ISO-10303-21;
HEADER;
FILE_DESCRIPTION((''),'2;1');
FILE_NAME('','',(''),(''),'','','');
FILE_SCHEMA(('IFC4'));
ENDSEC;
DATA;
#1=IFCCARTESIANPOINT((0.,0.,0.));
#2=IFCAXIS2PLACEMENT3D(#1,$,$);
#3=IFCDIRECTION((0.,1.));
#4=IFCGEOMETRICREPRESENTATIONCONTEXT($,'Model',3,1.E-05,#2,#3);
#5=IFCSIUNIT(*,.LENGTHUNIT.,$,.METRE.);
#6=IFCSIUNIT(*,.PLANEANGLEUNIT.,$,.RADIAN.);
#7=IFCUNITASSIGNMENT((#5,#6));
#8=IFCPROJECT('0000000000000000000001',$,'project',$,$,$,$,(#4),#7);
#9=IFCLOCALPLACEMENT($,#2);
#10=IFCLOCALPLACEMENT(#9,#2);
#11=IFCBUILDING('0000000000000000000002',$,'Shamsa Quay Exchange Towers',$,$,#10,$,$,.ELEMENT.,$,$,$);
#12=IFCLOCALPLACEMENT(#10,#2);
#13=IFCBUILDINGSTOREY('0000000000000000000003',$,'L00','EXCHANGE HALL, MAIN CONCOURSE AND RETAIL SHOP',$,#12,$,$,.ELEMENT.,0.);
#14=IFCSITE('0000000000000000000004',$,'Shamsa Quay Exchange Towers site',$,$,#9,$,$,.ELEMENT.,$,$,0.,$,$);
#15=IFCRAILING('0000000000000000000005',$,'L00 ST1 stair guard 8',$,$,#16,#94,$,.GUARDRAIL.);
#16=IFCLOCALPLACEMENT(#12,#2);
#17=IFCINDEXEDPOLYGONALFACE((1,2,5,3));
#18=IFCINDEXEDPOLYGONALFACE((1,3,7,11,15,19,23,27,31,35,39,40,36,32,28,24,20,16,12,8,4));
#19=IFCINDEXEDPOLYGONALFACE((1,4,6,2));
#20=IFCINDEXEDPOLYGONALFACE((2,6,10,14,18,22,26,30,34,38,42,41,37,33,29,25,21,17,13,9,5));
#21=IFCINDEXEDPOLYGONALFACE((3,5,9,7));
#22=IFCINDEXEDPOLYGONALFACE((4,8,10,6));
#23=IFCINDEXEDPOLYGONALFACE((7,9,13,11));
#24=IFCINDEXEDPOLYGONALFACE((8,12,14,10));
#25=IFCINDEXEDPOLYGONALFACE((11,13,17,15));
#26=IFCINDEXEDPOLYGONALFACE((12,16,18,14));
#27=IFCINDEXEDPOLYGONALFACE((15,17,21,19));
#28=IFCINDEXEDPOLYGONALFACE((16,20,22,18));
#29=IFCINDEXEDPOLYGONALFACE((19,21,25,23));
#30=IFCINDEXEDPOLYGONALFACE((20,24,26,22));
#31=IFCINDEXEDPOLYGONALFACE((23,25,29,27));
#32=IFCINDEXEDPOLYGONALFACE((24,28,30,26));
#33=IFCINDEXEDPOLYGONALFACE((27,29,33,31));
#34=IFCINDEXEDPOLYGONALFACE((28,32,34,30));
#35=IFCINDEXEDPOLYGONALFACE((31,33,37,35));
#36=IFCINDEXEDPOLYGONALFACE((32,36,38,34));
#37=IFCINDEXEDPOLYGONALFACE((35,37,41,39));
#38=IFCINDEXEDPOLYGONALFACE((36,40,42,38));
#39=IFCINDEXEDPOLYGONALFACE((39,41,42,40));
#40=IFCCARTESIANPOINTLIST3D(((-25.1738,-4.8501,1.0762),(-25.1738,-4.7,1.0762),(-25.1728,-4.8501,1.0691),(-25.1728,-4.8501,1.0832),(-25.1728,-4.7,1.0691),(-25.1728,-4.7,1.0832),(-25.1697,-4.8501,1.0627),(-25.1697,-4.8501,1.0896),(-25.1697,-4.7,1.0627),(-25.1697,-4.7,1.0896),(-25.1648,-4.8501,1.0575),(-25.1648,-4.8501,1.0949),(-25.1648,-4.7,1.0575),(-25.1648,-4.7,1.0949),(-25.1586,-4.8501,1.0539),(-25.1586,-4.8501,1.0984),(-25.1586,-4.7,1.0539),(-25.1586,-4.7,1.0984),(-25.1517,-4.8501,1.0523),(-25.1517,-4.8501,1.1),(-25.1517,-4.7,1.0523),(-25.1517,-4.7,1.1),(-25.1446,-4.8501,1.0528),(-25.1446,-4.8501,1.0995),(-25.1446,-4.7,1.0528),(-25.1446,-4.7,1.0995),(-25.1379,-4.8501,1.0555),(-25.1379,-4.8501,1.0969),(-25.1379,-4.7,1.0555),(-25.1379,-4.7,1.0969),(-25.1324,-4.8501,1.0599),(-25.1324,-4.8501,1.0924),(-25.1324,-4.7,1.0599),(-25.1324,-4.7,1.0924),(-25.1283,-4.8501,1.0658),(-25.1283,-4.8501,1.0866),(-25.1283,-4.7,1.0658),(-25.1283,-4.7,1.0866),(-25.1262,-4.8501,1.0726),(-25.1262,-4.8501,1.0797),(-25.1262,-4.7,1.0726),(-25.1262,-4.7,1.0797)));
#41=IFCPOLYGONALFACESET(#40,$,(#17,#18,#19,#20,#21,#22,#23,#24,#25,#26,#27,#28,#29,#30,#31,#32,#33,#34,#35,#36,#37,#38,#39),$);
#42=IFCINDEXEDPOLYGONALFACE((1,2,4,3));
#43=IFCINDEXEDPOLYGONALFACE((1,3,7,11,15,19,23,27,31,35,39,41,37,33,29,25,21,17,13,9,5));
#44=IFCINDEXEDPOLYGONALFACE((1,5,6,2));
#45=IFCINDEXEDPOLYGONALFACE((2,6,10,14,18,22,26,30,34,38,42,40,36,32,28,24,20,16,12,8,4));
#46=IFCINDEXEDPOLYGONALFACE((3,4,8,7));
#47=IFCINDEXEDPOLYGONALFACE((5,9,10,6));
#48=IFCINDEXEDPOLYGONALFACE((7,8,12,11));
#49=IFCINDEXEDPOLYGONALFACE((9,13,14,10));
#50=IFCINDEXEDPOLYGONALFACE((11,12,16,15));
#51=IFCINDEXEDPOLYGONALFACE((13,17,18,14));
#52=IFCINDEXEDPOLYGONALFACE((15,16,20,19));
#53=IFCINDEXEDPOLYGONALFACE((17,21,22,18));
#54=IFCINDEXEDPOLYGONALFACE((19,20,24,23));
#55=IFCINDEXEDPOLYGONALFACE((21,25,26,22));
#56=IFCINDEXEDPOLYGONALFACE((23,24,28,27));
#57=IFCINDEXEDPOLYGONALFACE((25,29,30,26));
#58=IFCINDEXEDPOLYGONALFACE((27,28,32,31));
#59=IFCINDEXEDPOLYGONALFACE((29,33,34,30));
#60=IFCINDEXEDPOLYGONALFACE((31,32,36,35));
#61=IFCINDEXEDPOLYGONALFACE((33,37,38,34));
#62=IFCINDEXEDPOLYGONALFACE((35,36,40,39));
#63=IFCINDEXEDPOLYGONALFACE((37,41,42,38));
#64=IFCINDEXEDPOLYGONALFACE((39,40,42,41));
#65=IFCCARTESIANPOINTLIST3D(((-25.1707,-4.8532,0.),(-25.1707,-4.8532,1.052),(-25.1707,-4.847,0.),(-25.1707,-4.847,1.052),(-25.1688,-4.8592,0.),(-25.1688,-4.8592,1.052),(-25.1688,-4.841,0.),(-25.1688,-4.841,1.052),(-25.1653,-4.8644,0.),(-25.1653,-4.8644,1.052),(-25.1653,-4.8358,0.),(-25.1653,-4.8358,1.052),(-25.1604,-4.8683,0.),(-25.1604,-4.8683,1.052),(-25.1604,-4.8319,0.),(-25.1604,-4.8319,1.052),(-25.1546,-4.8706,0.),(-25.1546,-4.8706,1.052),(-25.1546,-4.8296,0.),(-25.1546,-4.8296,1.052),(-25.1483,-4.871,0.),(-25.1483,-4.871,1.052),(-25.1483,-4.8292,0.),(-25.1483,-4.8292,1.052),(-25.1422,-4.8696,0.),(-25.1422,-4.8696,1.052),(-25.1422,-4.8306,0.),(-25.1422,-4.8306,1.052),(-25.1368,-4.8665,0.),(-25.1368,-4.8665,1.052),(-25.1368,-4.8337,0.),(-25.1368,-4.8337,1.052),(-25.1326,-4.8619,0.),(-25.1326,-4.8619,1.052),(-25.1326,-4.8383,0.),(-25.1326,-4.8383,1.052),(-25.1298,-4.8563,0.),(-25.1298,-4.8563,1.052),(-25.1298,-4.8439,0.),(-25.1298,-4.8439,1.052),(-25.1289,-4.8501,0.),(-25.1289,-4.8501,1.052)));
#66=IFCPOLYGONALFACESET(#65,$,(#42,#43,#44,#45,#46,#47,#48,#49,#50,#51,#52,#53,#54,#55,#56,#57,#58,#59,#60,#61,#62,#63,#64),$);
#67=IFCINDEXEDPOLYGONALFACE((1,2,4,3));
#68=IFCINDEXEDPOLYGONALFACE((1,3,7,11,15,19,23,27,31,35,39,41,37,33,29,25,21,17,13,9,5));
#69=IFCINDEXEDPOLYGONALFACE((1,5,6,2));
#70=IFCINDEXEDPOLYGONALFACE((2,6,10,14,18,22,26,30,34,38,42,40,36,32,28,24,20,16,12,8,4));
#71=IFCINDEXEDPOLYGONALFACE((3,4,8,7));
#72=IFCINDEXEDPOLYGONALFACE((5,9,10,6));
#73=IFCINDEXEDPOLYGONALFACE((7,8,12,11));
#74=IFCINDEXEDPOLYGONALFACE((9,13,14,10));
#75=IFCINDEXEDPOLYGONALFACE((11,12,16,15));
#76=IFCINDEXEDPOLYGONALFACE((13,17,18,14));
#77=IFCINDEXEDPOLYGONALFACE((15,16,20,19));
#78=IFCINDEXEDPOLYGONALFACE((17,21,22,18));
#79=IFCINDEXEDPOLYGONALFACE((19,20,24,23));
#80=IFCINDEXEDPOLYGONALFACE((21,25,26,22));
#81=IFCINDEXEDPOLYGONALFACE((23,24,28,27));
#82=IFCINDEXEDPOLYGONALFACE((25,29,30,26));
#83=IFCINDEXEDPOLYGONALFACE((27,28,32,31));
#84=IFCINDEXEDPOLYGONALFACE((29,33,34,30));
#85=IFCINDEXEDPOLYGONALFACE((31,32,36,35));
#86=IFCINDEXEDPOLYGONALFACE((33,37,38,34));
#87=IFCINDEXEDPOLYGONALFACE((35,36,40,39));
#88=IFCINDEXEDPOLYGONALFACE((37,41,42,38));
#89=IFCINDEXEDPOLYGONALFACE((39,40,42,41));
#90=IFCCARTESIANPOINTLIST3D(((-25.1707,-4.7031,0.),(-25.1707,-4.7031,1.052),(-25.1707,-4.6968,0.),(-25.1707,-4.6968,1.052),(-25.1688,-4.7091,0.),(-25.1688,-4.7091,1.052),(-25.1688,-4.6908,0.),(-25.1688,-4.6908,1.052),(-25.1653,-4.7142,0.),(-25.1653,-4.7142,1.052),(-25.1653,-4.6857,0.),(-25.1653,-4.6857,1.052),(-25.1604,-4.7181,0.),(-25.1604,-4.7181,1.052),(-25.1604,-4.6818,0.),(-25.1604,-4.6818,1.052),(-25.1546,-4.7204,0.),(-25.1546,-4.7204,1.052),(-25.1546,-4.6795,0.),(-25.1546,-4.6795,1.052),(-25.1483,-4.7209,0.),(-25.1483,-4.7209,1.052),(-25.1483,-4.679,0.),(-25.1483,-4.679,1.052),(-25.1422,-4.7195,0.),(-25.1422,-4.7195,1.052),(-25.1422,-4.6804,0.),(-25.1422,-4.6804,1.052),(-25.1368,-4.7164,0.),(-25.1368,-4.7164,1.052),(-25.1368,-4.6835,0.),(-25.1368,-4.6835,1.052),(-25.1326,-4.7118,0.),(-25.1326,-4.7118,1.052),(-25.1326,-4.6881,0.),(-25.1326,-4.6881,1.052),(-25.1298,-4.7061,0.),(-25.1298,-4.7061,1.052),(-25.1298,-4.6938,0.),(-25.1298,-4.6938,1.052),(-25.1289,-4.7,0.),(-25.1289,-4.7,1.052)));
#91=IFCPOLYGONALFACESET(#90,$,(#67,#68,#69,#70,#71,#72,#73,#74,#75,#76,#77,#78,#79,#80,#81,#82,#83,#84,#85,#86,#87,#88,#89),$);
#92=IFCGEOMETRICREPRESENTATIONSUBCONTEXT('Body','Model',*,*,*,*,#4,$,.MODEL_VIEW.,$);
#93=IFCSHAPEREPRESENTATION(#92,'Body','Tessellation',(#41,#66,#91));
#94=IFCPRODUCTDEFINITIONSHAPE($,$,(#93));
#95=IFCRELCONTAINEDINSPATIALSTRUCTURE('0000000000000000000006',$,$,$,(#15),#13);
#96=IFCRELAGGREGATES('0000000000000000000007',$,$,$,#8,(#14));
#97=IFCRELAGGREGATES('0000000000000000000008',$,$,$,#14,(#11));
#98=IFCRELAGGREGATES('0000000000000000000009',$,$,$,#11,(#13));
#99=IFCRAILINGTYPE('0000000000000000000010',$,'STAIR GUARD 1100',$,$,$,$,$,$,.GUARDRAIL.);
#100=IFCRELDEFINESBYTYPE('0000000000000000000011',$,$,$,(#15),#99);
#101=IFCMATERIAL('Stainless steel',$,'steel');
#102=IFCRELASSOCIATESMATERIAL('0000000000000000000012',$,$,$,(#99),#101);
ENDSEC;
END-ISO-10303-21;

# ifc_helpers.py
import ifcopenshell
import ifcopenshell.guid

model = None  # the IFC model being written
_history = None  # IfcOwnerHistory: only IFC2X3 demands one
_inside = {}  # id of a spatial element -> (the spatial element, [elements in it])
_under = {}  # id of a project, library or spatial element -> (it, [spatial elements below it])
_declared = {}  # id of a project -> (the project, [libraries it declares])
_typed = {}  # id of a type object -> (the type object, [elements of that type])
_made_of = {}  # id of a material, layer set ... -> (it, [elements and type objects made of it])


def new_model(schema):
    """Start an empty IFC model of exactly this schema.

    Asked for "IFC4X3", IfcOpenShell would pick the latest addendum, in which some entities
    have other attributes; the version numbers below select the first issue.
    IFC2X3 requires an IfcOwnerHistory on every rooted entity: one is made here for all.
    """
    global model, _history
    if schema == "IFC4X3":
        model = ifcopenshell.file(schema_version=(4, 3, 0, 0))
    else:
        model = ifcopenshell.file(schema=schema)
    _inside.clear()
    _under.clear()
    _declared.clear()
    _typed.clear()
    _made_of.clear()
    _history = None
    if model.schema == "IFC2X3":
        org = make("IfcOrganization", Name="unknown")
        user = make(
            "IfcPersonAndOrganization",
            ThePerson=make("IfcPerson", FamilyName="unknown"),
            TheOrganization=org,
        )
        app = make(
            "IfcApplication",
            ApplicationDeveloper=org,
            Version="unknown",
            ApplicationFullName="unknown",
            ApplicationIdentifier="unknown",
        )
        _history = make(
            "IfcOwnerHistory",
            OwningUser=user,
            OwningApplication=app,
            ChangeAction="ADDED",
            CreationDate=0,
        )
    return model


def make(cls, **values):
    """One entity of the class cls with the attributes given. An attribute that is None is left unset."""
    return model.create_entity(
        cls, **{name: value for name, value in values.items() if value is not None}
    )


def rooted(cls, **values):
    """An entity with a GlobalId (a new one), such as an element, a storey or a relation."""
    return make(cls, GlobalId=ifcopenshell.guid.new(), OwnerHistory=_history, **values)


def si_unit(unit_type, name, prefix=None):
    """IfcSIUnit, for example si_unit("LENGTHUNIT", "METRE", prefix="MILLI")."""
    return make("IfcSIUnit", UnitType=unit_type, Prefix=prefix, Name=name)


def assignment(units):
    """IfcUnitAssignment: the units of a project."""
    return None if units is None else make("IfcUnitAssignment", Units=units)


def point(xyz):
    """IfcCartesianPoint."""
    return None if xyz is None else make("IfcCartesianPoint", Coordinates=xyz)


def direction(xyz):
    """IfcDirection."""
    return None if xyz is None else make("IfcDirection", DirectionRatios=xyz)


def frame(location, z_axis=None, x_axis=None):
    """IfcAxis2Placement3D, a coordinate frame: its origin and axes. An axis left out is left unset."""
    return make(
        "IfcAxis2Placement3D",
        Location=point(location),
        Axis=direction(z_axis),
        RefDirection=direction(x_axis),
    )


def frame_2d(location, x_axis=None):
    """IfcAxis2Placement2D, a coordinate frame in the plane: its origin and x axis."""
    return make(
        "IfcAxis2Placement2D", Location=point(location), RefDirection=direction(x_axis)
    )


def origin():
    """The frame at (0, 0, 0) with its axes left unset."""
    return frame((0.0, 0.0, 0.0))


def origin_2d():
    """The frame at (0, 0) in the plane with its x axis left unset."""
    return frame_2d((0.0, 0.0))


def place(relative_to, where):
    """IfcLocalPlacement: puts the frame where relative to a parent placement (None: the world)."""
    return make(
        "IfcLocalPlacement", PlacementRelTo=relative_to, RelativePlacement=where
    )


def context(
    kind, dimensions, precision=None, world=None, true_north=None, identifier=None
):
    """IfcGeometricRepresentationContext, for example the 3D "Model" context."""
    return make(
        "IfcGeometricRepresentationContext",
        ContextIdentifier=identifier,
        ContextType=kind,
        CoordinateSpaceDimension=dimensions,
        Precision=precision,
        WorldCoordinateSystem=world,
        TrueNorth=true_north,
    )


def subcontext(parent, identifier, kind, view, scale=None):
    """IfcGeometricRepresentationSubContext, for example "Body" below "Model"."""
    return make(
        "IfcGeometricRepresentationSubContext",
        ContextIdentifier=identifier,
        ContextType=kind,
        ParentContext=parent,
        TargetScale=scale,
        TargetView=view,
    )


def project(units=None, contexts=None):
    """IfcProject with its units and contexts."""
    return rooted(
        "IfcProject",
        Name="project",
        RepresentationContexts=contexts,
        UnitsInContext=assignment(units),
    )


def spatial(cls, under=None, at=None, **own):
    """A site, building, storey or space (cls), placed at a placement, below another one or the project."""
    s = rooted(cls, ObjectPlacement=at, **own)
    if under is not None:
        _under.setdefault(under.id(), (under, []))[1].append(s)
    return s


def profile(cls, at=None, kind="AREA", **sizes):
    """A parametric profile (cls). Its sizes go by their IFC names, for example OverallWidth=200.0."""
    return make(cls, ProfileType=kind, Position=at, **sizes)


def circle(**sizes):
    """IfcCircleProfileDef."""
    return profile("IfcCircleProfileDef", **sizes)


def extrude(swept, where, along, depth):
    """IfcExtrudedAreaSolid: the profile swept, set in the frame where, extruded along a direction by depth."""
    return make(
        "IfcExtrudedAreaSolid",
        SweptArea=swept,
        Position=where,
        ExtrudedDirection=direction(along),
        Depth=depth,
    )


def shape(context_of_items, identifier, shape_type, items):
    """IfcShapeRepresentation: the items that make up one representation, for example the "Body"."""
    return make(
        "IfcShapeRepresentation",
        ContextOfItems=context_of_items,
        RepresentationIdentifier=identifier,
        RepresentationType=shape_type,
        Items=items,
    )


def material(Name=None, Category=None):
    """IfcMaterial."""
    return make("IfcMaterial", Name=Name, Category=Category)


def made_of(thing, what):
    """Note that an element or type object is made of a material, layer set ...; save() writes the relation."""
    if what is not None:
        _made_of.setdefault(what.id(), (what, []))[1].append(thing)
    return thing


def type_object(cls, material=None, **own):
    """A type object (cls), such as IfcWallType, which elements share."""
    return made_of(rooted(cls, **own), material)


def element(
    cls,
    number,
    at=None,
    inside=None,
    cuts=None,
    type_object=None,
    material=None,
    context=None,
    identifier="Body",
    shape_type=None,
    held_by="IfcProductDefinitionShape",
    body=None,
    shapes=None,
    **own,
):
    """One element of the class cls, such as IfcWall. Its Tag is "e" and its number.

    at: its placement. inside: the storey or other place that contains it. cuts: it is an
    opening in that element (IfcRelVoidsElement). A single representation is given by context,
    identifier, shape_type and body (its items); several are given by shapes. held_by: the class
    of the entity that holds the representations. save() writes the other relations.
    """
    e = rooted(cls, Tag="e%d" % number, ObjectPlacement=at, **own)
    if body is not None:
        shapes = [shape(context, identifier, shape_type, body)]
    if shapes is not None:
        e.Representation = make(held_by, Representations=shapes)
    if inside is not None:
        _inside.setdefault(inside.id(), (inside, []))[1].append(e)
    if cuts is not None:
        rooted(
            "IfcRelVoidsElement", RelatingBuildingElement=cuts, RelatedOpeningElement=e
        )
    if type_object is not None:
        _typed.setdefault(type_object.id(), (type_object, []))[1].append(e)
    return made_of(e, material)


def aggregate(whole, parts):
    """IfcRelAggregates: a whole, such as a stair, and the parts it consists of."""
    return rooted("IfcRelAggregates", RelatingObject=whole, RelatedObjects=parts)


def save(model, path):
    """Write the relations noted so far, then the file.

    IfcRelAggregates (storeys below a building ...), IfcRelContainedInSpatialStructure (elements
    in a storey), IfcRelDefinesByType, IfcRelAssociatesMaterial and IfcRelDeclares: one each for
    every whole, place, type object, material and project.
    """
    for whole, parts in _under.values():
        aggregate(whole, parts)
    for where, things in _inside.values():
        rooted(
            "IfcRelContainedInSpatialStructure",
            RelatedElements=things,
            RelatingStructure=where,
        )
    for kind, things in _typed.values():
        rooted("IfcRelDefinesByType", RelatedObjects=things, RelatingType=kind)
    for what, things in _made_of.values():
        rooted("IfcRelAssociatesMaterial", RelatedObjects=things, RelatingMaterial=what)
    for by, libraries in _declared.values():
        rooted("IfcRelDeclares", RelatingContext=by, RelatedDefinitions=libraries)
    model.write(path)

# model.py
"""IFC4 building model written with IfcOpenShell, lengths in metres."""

from ifc_helpers import new_model, si_unit, direction, frame, origin, origin_2d, place, context, subcontext, project, spatial, circle, extrude, material, type_object, element, save


model = new_model("IFC4")

# Units and contexts
model_context = context("Model", 3, precision=1e-05, world=origin(), true_north=direction((0.0, 1.0)))
body_context = subcontext(model_context, "Body", "Model", "MODEL_VIEW")
ifc_project = project(units=[si_unit("LENGTHUNIT", "METRE"), si_unit("PLANEANGLEUNIT", "RADIAN")], contexts=[model_context])

# Site, building, storey
site_placement = place(None, origin())
site = spatial("IfcSite", under=ifc_project, at=site_placement, Name="Shamsa Quay Exchange Towers site", CompositionType="ELEMENT", RefElevation=0.0)
building_placement = place(site_placement, origin())
building = spatial("IfcBuilding", under=site, at=building_placement, Name="Shamsa Quay Exchange Towers", CompositionType="ELEMENT")
storey_placement = place(building_placement, origin())
storey = spatial("IfcBuildingStorey", under=building, at=storey_placement, Name="L00", Description="EXCHANGE HALL, MAIN CONCOURSE AND RETAIL SHOP", CompositionType="ELEMENT", Elevation=0.0)

# Railing
ifc_material_1 = material(Name="Stainless steel", Category="steel")
railing_type_1 = type_object("IfcRailingType", Name="STAIR GUARD 1100", PredefinedType="GUARDRAIL", material=ifc_material_1)
railing_1_placement = place(storey_placement, frame((-25.1499, -4.8501, 0.0)))
element("IfcRailing", 1, at=railing_1_placement, inside=storey, type_object=railing_type_1, Name="L00 ST1 stair guard 8", PredefinedType="GUARDRAIL", context=body_context, shape_type="SweptSolid", body=[
    extrude(circle(Radius=0.0239, at=origin_2d()), frame((0.0, 0.0, 1.0762), z_axis=(0.0, 1.0, 0.0), x_axis=(-1.0, 0.0, 0.0)), (0.0, 0.0, 1.0), 0.1501),
    extrude(circle(Radius=0.021, at=origin_2d()), origin(), (0.0, 0.0, 1.0), 1.052),
    extrude(circle(Radius=0.021, at=origin_2d()), frame((0.0, 0.1501, 0.0)), (0.0, 0.0, 1.0), 1.052),
])

save(model, "model.ifc")
